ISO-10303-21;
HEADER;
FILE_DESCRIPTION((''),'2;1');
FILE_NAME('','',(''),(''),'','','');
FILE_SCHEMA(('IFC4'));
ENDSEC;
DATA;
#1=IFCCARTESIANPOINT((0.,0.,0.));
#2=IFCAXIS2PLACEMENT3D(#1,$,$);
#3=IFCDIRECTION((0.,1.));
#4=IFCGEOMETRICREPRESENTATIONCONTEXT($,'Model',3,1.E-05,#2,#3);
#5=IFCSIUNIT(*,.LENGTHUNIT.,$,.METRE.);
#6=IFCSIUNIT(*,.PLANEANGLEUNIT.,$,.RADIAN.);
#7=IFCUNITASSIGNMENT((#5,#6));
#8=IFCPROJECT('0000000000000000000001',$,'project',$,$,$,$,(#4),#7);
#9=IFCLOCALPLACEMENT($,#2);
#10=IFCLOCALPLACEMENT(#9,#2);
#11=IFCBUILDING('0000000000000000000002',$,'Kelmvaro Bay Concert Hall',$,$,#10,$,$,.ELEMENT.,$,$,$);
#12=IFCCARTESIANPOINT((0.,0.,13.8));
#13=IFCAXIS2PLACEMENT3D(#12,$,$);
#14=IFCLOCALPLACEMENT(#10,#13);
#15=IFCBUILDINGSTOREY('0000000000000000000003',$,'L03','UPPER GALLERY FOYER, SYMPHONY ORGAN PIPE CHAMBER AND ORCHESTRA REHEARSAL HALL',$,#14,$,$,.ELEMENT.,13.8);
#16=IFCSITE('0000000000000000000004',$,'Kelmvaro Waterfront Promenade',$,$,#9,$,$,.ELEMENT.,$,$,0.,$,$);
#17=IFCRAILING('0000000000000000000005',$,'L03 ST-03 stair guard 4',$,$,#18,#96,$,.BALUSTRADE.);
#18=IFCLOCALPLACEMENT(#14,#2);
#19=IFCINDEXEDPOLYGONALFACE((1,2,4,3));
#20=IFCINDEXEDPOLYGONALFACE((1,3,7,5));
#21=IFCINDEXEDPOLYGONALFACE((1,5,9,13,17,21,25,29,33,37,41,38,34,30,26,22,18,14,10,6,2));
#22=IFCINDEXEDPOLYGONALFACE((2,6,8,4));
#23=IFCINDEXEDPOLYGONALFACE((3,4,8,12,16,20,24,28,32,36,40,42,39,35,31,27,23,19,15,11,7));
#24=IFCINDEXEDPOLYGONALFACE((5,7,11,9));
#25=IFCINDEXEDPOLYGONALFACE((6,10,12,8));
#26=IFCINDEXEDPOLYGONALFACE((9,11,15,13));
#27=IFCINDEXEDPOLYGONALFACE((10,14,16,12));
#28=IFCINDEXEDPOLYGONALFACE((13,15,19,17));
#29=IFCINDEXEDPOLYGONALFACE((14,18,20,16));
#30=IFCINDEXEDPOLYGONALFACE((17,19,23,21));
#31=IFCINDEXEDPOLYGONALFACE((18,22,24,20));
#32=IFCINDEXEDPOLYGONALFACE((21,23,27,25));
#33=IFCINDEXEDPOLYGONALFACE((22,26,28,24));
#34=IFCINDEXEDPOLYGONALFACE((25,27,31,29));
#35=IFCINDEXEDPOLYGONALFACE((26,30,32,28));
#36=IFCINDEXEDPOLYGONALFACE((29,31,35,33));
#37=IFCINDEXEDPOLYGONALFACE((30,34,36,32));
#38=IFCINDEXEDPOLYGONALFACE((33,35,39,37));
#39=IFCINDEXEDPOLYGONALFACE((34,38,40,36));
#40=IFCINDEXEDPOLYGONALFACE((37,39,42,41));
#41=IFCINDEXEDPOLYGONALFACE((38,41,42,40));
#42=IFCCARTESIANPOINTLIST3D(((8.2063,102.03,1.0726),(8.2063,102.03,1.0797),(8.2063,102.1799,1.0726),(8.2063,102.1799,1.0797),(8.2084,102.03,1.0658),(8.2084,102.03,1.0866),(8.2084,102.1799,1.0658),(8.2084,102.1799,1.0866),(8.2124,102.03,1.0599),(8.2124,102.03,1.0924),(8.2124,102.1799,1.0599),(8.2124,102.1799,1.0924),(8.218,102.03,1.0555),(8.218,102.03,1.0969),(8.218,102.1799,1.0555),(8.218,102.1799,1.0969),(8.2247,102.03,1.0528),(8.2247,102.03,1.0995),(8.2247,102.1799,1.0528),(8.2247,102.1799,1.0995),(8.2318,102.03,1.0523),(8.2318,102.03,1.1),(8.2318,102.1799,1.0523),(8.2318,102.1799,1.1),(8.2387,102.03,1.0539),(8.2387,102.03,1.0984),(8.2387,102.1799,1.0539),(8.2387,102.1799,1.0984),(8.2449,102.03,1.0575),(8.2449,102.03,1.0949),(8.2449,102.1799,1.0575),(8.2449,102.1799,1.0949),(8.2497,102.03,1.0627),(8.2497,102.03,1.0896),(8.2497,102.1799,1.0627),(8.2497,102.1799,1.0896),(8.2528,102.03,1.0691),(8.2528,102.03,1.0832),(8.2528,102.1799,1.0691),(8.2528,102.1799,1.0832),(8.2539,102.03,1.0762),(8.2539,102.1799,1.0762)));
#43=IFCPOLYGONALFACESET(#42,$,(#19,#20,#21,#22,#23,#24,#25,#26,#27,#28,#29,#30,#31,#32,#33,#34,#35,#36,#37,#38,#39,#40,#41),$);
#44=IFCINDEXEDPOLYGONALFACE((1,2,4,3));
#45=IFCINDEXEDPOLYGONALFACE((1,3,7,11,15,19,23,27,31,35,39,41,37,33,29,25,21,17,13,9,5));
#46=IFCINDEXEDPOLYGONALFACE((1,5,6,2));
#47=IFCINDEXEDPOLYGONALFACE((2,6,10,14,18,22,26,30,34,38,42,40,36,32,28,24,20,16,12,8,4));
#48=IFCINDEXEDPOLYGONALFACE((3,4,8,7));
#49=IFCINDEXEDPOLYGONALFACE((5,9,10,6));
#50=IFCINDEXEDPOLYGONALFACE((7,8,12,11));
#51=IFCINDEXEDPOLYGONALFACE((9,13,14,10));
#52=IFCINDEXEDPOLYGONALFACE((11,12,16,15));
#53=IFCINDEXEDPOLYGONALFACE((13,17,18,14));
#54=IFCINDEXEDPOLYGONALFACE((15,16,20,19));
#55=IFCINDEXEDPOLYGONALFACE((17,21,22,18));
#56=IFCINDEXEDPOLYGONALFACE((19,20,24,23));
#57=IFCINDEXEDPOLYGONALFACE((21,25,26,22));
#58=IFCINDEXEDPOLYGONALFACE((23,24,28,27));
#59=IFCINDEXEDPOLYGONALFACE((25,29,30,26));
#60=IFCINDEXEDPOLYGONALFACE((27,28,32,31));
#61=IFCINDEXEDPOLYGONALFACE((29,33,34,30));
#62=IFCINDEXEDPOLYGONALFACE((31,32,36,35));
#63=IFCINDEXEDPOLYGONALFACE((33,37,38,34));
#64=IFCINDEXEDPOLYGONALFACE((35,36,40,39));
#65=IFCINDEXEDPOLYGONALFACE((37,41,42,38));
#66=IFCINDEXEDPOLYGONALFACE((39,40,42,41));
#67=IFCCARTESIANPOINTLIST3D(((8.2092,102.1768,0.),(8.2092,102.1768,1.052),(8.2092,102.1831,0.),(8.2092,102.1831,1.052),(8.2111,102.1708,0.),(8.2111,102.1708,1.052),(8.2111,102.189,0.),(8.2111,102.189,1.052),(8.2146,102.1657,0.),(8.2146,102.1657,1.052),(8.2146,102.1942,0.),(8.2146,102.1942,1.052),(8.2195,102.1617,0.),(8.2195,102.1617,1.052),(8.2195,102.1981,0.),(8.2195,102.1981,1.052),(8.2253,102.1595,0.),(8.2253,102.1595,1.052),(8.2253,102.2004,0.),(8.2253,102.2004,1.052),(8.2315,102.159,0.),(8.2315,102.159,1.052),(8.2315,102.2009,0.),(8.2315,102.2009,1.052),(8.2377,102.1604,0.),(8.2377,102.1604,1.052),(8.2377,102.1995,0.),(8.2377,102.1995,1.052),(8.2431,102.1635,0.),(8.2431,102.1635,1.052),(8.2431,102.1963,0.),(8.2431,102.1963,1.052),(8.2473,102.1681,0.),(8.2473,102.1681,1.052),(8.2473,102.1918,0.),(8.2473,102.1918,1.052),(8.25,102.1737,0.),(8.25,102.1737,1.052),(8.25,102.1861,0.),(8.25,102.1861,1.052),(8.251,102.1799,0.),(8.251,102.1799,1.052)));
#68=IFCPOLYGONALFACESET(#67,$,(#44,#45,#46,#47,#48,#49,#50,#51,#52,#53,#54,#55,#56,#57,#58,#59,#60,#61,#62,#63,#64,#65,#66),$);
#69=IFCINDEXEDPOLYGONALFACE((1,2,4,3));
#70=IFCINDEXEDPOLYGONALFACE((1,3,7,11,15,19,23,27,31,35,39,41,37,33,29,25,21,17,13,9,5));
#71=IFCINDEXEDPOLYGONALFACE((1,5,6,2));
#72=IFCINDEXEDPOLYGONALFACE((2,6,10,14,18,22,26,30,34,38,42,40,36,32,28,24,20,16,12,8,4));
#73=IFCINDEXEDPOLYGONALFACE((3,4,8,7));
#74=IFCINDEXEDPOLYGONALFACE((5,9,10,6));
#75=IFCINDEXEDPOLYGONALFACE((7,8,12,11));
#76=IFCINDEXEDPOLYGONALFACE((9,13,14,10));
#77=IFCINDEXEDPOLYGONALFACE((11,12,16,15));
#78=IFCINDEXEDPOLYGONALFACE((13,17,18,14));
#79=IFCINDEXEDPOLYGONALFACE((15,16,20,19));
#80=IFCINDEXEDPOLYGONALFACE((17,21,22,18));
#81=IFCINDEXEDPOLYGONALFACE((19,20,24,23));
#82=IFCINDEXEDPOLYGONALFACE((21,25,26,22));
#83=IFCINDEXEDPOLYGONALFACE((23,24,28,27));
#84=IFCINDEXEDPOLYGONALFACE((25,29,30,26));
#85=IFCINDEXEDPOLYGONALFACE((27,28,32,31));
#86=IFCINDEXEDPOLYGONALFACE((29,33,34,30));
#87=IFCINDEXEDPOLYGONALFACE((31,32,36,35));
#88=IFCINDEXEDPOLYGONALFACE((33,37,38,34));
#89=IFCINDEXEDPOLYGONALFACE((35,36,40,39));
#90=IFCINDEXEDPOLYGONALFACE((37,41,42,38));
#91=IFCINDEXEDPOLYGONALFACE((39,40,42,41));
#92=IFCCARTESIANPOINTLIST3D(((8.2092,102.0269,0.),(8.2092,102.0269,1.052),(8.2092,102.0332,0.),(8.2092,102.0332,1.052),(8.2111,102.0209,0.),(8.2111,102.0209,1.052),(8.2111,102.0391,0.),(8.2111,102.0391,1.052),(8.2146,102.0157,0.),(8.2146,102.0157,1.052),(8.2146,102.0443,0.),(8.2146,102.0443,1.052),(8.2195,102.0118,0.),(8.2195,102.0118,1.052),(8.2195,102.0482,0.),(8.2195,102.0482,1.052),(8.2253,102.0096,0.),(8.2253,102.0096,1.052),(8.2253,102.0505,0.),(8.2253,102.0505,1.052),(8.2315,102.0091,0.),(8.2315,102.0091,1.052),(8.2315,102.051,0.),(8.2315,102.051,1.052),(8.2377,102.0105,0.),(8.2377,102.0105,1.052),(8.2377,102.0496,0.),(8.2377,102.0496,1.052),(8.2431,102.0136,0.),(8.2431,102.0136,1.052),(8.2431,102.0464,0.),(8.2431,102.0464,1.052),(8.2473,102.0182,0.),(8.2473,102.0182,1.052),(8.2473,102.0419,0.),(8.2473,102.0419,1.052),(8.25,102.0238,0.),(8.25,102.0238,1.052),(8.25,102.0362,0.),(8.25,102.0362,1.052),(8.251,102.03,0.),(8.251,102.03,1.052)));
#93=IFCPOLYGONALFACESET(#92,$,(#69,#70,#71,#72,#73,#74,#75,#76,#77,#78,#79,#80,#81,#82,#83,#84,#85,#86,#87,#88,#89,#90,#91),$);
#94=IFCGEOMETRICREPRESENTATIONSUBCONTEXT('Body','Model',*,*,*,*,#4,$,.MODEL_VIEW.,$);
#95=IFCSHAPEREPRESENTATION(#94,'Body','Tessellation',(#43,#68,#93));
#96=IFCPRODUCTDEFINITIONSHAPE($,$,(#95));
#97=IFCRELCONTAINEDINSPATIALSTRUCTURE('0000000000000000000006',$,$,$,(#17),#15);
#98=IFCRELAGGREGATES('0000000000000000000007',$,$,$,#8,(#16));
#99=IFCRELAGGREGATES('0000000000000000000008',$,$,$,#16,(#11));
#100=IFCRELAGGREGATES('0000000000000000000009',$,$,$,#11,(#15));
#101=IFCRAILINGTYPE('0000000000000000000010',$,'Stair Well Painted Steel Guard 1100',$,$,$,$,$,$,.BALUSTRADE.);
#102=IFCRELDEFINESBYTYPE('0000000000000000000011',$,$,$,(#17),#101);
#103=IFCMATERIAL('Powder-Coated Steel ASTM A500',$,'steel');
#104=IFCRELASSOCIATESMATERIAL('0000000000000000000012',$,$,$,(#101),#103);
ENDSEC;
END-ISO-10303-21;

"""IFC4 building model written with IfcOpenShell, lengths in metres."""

from ifc_helpers import new_model, si_unit, direction, frame, origin, origin_2d, place, context, subcontext, project, spatial, circle, extrude, material, type_object, element, save


model = new_model("IFC4")

# Units and contexts
model_context = context("Model", 3, precision=1e-05, world=origin(), true_north=direction((0.0, 1.0)))
body_context = subcontext(model_context, "Body", "Model", "MODEL_VIEW")
ifc_project = project(units=[si_unit("LENGTHUNIT", "METRE"), si_unit("PLANEANGLEUNIT", "RADIAN")], contexts=[model_context])

# Site, building, storey
site_placement = place(None, origin())
site = spatial("IfcSite", under=ifc_project, at=site_placement, Name="Kelmvaro Waterfront Promenade", CompositionType="ELEMENT", RefElevation=0.0)
building_placement = place(site_placement, origin())
building = spatial("IfcBuilding", under=site, at=building_placement, Name="Kelmvaro Bay Concert Hall", CompositionType="ELEMENT")
storey_placement = place(building_placement, frame((0.0, 0.0, 13.8)))
storey = spatial("IfcBuildingStorey", under=building, at=storey_placement, Name="L03", Description="UPPER GALLERY FOYER, SYMPHONY ORGAN PIPE CHAMBER AND ORCHESTRA REHEARSAL HALL", CompositionType="ELEMENT", Elevation=13.8)

# Railing
ifc_material_1 = material(Name="Powder-Coated Steel ASTM A500", Category="steel")
railing_type_1 = type_object("IfcRailingType", Name="Stair Well Painted Steel Guard 1100", PredefinedType="BALUSTRADE", material=ifc_material_1)
railing_1_placement = place(storey_placement, frame((8.23, 102.1799, 0.0)))
element("IfcRailing", 1, at=railing_1_placement, inside=storey, type_object=railing_type_1, Name="L03 ST-03 stair guard 4", PredefinedType="BALUSTRADE", context=body_context, shape_type="SweptSolid", body=[
    extrude(circle(Radius=0.0239, at=origin_2d()), frame((0.0, 0.0, 1.0762), z_axis=(0.0, -1.0, 0.0), x_axis=(1.0, 0.0, 0.0)), (0.0, 0.0, 1.0), 0.1499),
    extrude(circle(Radius=0.021, at=origin_2d()), origin(), (0.0, 0.0, 1.0), 1.052),
    extrude(circle(Radius=0.021, at=origin_2d()), frame((0.0, -0.1499, 0.0)), (0.0, 0.0, 1.0), 1.052),
])

save(model, "model.ifc")
